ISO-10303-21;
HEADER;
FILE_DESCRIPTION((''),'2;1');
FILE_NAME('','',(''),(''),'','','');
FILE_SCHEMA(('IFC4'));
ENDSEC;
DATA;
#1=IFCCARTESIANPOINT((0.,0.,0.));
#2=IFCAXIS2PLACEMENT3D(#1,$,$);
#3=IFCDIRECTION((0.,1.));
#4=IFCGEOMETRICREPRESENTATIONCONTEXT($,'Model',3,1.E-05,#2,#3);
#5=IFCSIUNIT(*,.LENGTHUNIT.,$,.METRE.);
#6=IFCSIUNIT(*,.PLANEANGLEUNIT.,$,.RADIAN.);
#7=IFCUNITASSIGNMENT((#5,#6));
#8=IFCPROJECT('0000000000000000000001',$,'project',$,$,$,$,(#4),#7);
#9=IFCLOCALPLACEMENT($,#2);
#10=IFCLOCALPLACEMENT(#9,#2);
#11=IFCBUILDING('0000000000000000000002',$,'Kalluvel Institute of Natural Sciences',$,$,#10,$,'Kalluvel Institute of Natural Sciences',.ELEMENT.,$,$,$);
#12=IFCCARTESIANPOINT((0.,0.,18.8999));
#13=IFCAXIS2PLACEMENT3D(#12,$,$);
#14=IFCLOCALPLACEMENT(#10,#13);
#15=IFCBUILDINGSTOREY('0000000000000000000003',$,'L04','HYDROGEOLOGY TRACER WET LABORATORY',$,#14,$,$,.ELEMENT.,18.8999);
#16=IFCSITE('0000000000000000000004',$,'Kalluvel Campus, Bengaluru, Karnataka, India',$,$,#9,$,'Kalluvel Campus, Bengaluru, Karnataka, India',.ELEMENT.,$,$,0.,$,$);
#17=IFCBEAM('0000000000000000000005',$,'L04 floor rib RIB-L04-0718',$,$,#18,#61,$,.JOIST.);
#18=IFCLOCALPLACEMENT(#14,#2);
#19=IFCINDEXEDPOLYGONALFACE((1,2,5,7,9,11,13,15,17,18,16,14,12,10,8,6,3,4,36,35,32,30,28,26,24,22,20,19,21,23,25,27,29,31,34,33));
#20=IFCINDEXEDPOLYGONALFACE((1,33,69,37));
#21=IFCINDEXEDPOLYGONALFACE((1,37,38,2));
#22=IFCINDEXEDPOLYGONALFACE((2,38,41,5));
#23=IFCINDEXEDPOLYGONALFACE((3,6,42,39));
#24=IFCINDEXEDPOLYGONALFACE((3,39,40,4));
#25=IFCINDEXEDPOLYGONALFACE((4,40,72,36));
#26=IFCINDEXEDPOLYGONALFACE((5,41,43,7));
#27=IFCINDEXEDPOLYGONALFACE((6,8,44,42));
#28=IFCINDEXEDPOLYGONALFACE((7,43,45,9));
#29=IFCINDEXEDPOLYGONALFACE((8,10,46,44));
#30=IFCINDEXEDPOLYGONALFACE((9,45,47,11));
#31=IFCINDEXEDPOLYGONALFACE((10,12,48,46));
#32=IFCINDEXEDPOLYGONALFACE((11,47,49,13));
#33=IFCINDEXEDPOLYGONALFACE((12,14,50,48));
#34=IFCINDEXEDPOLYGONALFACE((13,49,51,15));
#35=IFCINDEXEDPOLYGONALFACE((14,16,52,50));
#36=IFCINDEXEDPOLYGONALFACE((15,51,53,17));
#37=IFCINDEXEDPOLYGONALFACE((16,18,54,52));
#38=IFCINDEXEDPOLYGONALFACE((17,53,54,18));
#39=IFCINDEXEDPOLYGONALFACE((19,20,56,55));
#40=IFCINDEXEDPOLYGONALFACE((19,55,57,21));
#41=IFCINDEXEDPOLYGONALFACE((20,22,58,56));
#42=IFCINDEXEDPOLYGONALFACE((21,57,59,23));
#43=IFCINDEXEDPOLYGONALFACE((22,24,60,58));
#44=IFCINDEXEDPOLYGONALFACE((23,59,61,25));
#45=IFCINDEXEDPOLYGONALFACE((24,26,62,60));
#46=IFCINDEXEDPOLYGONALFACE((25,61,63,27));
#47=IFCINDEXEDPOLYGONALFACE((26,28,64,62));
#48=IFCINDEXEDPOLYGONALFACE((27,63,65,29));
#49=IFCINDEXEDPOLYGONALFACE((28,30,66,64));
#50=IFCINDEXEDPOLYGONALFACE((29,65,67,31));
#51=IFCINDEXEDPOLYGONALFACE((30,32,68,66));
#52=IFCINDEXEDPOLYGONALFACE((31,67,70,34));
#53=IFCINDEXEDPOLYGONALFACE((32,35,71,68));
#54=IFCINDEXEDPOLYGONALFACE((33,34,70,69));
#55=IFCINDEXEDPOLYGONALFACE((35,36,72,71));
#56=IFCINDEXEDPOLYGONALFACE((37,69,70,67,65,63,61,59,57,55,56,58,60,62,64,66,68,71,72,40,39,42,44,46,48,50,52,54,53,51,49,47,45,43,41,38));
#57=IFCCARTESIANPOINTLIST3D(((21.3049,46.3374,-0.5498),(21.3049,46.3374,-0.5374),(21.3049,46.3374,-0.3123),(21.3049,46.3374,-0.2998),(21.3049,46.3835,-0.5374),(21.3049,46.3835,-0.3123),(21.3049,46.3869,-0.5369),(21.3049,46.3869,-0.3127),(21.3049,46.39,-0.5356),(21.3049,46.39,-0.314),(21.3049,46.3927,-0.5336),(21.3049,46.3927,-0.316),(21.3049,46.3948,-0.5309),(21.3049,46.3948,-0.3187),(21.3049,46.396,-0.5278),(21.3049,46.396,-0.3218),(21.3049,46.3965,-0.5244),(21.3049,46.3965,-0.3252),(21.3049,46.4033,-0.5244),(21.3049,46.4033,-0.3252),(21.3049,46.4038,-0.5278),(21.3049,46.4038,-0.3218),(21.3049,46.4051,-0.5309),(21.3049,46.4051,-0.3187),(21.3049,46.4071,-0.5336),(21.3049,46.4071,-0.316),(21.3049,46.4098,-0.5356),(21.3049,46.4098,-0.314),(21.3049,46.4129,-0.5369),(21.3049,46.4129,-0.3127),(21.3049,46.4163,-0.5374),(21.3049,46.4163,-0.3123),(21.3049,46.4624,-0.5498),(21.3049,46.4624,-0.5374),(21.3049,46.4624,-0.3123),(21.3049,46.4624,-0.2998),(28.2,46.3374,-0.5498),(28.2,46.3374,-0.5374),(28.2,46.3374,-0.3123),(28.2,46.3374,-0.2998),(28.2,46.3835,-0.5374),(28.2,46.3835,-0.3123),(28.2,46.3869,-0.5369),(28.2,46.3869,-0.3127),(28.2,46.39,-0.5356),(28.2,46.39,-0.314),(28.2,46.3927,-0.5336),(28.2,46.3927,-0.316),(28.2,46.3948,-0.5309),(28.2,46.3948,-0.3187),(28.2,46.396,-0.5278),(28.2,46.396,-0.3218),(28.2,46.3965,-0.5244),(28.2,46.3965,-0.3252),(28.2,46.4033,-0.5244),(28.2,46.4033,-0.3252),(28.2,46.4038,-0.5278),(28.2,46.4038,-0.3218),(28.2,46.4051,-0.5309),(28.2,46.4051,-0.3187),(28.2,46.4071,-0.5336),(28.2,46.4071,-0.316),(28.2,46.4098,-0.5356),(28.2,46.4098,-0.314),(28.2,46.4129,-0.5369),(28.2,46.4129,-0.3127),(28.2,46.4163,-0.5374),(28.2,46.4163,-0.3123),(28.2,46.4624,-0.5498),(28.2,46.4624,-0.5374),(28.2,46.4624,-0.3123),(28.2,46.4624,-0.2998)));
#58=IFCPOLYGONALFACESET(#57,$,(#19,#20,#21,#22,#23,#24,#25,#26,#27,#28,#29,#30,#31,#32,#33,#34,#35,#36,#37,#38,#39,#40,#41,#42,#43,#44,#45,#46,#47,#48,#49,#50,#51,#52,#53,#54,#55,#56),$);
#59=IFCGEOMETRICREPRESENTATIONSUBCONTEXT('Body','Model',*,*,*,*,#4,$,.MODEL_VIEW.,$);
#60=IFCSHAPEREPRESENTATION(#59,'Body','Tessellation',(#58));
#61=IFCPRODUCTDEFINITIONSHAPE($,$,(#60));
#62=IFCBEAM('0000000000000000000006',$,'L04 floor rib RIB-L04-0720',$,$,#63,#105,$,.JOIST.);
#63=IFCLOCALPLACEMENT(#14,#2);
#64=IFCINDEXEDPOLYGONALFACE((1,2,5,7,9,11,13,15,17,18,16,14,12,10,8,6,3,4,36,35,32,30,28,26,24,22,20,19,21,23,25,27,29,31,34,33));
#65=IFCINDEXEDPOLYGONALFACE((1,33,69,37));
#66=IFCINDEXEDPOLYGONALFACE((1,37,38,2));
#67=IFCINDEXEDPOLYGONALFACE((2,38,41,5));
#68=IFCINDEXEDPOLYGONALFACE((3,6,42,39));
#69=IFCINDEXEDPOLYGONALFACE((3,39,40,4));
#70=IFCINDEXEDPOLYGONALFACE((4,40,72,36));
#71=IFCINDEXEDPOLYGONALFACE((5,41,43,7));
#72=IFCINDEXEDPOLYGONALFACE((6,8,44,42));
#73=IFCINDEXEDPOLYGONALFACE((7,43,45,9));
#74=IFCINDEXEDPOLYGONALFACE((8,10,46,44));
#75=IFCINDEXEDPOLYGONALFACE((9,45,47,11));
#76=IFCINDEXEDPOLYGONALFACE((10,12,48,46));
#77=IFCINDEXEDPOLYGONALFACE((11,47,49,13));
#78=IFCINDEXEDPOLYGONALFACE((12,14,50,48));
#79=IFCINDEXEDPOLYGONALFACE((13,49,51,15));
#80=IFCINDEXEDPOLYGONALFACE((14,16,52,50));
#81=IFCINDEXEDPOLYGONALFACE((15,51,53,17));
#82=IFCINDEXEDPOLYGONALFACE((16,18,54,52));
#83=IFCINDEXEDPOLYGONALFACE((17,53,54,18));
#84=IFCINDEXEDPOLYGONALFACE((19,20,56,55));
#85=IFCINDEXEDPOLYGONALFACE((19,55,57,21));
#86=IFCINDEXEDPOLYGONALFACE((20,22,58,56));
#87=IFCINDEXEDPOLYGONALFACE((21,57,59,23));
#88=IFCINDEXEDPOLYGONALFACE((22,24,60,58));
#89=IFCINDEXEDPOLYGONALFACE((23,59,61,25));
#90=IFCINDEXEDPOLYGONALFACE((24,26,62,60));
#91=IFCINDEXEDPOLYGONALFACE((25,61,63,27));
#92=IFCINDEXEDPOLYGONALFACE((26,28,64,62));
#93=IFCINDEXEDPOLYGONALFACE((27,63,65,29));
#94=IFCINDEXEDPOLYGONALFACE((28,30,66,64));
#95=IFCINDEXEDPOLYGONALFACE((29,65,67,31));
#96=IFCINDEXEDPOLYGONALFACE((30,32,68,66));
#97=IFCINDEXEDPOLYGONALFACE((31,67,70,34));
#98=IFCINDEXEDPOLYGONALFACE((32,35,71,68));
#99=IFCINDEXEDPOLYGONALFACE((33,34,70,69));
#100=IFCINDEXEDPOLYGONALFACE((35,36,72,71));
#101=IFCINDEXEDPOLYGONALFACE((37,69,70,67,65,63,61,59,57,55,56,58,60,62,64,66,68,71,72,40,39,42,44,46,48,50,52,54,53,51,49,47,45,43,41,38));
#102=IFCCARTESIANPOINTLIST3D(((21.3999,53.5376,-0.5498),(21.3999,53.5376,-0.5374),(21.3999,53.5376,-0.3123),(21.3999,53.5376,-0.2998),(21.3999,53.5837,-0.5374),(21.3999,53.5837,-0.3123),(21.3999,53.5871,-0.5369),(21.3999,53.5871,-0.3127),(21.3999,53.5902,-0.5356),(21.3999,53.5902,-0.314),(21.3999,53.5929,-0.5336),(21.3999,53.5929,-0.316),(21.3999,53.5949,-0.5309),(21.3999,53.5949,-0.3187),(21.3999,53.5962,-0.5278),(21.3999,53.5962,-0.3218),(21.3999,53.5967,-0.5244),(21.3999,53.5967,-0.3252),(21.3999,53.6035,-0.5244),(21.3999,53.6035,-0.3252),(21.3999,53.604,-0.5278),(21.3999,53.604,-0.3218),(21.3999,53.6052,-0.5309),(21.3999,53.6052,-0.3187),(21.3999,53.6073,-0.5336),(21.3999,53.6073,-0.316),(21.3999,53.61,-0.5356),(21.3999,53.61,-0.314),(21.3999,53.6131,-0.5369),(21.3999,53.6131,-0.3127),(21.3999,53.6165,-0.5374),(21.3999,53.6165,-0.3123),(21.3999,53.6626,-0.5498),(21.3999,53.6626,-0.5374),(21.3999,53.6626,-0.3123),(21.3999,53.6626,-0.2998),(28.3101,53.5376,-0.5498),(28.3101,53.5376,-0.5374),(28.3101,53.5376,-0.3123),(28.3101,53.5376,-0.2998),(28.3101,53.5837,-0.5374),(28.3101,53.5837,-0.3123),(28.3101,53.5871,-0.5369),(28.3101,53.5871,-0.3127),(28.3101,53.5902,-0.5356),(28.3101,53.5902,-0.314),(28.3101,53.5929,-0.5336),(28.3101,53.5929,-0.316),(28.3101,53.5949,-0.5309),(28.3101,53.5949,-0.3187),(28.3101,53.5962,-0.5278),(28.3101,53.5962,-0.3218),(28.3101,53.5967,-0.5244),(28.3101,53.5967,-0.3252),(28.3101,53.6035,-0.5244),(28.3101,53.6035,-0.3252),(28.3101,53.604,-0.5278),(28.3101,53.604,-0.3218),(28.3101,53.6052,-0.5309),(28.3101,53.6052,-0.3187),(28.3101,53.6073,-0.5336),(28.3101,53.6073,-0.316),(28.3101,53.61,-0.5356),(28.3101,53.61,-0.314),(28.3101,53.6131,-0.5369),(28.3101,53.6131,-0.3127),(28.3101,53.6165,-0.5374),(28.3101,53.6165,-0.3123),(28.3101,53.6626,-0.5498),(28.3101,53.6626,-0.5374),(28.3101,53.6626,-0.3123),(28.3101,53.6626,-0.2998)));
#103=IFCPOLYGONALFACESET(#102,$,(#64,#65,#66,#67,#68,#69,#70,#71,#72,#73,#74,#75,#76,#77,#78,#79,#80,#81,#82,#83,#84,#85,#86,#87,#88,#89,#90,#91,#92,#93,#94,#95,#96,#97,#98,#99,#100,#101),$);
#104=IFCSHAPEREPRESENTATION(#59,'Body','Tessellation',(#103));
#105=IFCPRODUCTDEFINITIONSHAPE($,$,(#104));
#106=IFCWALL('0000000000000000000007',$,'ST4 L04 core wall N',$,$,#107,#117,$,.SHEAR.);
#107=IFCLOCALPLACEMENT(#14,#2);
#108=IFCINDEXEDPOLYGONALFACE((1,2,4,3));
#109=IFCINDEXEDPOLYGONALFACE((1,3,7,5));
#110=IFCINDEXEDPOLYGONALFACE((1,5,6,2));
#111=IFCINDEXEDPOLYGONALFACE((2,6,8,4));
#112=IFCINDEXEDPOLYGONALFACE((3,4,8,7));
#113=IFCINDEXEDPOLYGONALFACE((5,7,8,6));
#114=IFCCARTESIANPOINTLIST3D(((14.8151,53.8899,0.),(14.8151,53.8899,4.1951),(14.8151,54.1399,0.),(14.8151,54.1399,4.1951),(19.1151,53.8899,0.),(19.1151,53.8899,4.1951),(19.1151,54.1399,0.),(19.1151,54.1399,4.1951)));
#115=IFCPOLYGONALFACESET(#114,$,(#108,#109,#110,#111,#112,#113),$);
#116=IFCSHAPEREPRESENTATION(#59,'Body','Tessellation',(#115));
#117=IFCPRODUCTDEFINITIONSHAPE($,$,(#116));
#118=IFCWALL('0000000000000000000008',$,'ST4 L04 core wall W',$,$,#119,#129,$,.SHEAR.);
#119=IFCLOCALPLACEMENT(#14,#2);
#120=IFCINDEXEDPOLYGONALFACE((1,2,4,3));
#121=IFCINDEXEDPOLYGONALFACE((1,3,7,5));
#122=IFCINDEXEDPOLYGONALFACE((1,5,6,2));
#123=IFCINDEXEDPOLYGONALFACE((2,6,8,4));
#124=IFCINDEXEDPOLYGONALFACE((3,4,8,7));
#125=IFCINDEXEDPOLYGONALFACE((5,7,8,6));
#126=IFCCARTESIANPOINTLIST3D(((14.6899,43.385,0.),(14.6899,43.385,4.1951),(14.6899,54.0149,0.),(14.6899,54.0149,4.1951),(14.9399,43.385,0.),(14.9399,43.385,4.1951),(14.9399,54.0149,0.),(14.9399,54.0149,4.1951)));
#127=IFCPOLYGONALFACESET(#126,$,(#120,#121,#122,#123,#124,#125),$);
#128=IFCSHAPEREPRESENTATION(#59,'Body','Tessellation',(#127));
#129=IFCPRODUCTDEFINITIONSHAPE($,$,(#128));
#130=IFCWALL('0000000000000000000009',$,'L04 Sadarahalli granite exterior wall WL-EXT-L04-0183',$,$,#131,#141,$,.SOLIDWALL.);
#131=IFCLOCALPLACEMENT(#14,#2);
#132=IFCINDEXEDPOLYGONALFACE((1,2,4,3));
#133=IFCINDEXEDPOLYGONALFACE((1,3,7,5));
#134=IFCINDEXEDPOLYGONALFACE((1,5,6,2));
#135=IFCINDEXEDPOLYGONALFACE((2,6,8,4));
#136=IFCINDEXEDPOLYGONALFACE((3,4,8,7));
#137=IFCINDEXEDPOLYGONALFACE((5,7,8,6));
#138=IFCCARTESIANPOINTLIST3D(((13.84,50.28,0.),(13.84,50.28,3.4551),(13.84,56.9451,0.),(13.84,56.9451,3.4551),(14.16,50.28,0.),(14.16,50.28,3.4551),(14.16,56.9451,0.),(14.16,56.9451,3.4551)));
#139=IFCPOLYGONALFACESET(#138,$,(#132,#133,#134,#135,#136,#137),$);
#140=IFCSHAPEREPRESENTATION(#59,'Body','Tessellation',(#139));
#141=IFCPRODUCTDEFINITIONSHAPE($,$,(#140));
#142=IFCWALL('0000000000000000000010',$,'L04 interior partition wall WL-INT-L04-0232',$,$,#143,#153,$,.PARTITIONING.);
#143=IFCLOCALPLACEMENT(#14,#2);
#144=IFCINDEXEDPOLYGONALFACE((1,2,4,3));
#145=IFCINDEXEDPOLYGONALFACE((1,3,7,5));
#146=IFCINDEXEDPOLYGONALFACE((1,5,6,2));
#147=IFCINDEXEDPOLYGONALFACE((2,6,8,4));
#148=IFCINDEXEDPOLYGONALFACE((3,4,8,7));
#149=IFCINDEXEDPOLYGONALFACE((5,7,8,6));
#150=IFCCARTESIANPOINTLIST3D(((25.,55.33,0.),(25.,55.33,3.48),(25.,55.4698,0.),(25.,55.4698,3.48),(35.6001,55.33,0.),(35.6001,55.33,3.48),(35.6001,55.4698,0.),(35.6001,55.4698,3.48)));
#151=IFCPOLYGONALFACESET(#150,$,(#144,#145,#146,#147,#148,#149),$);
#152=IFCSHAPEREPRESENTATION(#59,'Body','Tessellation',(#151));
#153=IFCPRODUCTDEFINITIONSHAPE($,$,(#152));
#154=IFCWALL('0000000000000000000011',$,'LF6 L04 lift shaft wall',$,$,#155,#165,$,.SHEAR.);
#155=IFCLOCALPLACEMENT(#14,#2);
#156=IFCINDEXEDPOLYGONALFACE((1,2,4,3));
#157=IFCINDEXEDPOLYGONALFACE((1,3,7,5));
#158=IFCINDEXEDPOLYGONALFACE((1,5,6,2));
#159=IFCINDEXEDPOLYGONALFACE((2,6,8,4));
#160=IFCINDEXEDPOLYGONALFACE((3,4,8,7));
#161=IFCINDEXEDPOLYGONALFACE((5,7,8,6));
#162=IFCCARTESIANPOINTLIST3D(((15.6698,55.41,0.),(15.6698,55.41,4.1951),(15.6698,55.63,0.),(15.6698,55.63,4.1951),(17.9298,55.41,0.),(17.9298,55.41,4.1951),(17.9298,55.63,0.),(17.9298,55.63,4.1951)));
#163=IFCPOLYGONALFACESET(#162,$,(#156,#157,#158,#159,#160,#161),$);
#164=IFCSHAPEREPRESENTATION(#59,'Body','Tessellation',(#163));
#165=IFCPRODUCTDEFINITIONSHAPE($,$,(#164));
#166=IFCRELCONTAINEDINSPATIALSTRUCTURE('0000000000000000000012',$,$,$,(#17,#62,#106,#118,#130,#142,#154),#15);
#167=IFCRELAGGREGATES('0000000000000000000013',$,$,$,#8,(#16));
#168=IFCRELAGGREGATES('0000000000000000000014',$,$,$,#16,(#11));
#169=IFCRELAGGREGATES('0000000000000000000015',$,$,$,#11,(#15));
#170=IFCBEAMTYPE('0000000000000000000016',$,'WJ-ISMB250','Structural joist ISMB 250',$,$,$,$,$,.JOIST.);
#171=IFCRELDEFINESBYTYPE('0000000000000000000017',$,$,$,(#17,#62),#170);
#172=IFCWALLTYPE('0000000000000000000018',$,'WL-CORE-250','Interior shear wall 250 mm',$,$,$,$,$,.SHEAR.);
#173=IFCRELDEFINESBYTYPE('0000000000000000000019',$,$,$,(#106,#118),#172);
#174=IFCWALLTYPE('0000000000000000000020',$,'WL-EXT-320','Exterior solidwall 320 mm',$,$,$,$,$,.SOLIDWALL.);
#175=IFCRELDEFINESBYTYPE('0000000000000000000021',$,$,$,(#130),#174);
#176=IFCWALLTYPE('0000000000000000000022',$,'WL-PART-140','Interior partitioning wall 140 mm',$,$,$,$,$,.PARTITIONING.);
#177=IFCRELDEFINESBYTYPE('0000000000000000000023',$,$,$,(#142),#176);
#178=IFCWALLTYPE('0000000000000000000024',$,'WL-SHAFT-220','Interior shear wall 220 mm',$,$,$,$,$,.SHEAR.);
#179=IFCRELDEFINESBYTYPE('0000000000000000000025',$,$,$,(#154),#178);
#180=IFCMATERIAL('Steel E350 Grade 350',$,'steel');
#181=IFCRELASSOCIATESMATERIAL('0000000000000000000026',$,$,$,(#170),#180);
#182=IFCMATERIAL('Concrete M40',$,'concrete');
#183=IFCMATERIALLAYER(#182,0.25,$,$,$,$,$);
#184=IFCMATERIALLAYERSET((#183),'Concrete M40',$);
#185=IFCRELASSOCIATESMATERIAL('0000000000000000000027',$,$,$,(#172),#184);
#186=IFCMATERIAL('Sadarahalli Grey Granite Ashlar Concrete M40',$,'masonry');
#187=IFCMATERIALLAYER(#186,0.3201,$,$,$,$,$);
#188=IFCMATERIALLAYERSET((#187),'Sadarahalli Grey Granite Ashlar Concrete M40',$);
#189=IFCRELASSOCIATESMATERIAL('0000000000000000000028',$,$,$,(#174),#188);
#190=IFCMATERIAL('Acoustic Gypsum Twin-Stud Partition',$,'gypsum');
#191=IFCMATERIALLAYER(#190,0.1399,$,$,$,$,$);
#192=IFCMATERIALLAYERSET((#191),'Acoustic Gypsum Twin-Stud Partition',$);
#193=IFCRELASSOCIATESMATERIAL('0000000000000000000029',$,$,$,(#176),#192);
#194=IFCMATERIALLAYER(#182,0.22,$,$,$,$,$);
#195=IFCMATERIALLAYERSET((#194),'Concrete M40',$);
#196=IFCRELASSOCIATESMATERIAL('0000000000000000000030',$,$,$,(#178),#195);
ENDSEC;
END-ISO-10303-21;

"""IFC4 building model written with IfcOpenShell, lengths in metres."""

from ifc_helpers import new_model, si_unit, direction, frame, frame_2d, origin, origin_2d, place, context, subcontext, project, spatial, rectangle, i_section, extrude, material, layer, layer_set, material_profile, profile_set, type_object, element, save


model = new_model("IFC4")

# Units and contexts
model_context = context("Model", 3, precision=1e-05, world=origin(), true_north=direction((0.0, 1.0)))
body_context = subcontext(model_context, "Body", "Model", "MODEL_VIEW")
ifc_project = project(units=[si_unit("LENGTHUNIT", "METRE"), si_unit("PLANEANGLEUNIT", "RADIAN")], contexts=[model_context])

# Site, building, storey
site_placement = place(None, origin())
site = spatial("IfcSite", under=ifc_project, at=site_placement, Name="Kalluvel Campus, Bengaluru, Karnataka, India", LongName="Kalluvel Campus, Bengaluru, Karnataka, India", CompositionType="ELEMENT", RefElevation=0.0)
building_placement = place(site_placement, origin())
building = spatial("IfcBuilding", under=site, at=building_placement, Name="Kalluvel Institute of Natural Sciences", LongName="Kalluvel Institute of Natural Sciences", CompositionType="ELEMENT")
storey_placement = place(building_placement, frame((0.0, 0.0, 18.8999)))
storey = spatial("IfcBuildingStorey", under=building, at=storey_placement, Name="L04", Description="HYDROGEOLOGY TRACER WET LABORATORY", CompositionType="ELEMENT", Elevation=18.8999)

# Shared definitions
ifc_material_1 = material(Name="Concrete M40", Category="concrete")

# Beams
ifc_material_2 = material(Name="Steel E350 Grade 350", Category="steel")
ifc_material_profile_1 = material_profile(ifc_material_2, i_section(OverallWidth=0.125, OverallDepth=0.25, WebThickness=0.0068, FlangeThickness=0.0125, FilletRadius=0.0129, at=origin_2d()), Name="ISMB 250")
ifc_profile_set_1 = profile_set([ifc_material_profile_1], Name="Steel E350 Grade 350")
beam_type_1 = type_object("IfcBeamType", Name="WJ-ISMB250", Description="Structural joist ISMB 250", PredefinedType="JOIST", material=ifc_profile_set_1)
beam_1_placement = place(storey_placement, frame((21.3049, 46.3999, -0.4248), z_axis=(1.0, 0.0, 0.0), x_axis=(0.0, 1.0, 0.0)))
element("IfcBeam", 1, at=beam_1_placement, inside=storey, type_object=beam_type_1, Name="L04 floor rib RIB-L04-0718", PredefinedType="JOIST", context=body_context, shape_type="SweptSolid", body=[
    extrude(i_section(OverallWidth=0.125, OverallDepth=0.25, WebThickness=0.0068, FlangeThickness=0.0125, FilletRadius=0.0129, at=origin_2d()), origin(), (0.0, 0.0, 1.0), 6.895),
])
beam_2_placement = place(storey_placement, frame((21.3999, 53.6001, -0.4248), z_axis=(1.0, 0.0, 0.0), x_axis=(0.0, 1.0, 0.0)))
element("IfcBeam", 2, at=beam_2_placement, inside=storey, type_object=beam_type_1, Name="L04 floor rib RIB-L04-0720", PredefinedType="JOIST", context=body_context, shape_type="SweptSolid", body=[
    extrude(i_section(OverallWidth=0.125, OverallDepth=0.25, WebThickness=0.0068, FlangeThickness=0.0125, FilletRadius=0.0129, at=origin_2d()), origin(), (0.0, 0.0, 1.0), 6.9102),
])

# Walls
ifc_layer_1 = layer(ifc_material_1, 0.25)
ifc_layer_set_1 = layer_set([ifc_layer_1], Name="Concrete M40")
wall_type_1 = type_object("IfcWallType", Name="WL-CORE-250", Description="Interior shear wall 250 mm", PredefinedType="SHEAR", material=ifc_layer_set_1)
wall_1_placement = place(storey_placement, frame((19.115, 54.0149, 0.0), z_axis=(0.0, 0.0, 1.0), x_axis=(-1.0, 0.0, 0.0)))
element("IfcWall", 3, at=wall_1_placement, inside=storey, type_object=wall_type_1, Name="ST4 L04 core wall N", PredefinedType="SHEAR", context=body_context, shape_type="SweptSolid", body=[
    extrude(rectangle(XDim=4.3, YDim=0.25, at=frame_2d((2.1499, 0.0))), origin(), (0.0, 0.0, 1.0), 4.1951),
])
wall_2_placement = place(storey_placement, frame((14.8149, 54.0149, 0.0), z_axis=(0.0, 0.0, 1.0), x_axis=(0.0, -1.0, 0.0)))
element("IfcWall", 4, at=wall_2_placement, inside=storey, type_object=wall_type_1, Name="ST4 L04 core wall W", PredefinedType="SHEAR", context=body_context, shape_type="SweptSolid", body=[
    extrude(rectangle(XDim=10.6299, YDim=0.25, at=frame_2d((5.3149, 0.0))), origin(), (0.0, 0.0, 1.0), 4.1951),
])
ifc_material_3 = material(Name="Sadarahalli Grey Granite Ashlar Concrete M40", Category="masonry")
ifc_layer_2 = layer(ifc_material_3, 0.3201)
ifc_layer_set_2 = layer_set([ifc_layer_2], Name="Sadarahalli Grey Granite Ashlar Concrete M40")
wall_type_2 = type_object("IfcWallType", Name="WL-EXT-320", Description="Exterior solidwall 320 mm", PredefinedType="SOLIDWALL", material=ifc_layer_set_2)
wall_3_placement = place(storey_placement, frame((14.0, 50.28, 0.0), z_axis=(0.0, 0.0, 1.0), x_axis=(0.0, 1.0, 0.0)))
element("IfcWall", 5, at=wall_3_placement, inside=storey, type_object=wall_type_2, Name="L04 Sadarahalli granite exterior wall WL-EXT-L04-0183", PredefinedType="SOLIDWALL", context=body_context, shape_type="SweptSolid", body=[
    extrude(rectangle(XDim=6.665, YDim=0.3201, at=frame_2d((3.3325, 0.0))), origin(), (0.0, 0.0, 1.0), 3.4551),
])
ifc_material_4 = material(Name="Acoustic Gypsum Twin-Stud Partition", Category="gypsum")
ifc_layer_3 = layer(ifc_material_4, 0.1399)
ifc_layer_set_3 = layer_set([ifc_layer_3], Name="Acoustic Gypsum Twin-Stud Partition")
wall_type_3 = type_object("IfcWallType", Name="WL-PART-140", Description="Interior partitioning wall 140 mm", PredefinedType="PARTITIONING", material=ifc_layer_set_3)
wall_4_placement = place(storey_placement, frame((25.0, 55.3999, 0.0), z_axis=(0.0, 0.0, 1.0), x_axis=(1.0, 0.0, 0.0)))
element("IfcWall", 6, at=wall_4_placement, inside=storey, type_object=wall_type_3, Name="L04 interior partition wall WL-INT-L04-0232", PredefinedType="PARTITIONING", context=body_context, shape_type="SweptSolid", body=[
    extrude(rectangle(XDim=10.6001, YDim=0.1399, at=frame_2d((5.3, 0.0))), origin(), (0.0, 0.0, 1.0), 3.48),
])
ifc_layer_4 = layer(ifc_material_1, 0.22)
ifc_layer_set_4 = layer_set([ifc_layer_4], Name="Concrete M40")
wall_type_4 = type_object("IfcWallType", Name="WL-SHAFT-220", Description="Interior shear wall 220 mm", PredefinedType="SHEAR", material=ifc_layer_set_4)
wall_5_placement = place(storey_placement, frame((15.6699, 55.52, 0.0), z_axis=(0.0, 0.0, 1.0), x_axis=(1.0, 0.0, 0.0)))
element("IfcWall", 7, at=wall_5_placement, inside=storey, type_object=wall_type_4, Name="LF6 L04 lift shaft wall", PredefinedType="SHEAR", context=body_context, shape_type="SweptSolid", body=[
    extrude(rectangle(XDim=2.26, YDim=0.22, at=frame_2d((1.1299, 0.0))), origin(), (0.0, 0.0, 1.0), 4.1951),
])

save(model, "model.ifc")
